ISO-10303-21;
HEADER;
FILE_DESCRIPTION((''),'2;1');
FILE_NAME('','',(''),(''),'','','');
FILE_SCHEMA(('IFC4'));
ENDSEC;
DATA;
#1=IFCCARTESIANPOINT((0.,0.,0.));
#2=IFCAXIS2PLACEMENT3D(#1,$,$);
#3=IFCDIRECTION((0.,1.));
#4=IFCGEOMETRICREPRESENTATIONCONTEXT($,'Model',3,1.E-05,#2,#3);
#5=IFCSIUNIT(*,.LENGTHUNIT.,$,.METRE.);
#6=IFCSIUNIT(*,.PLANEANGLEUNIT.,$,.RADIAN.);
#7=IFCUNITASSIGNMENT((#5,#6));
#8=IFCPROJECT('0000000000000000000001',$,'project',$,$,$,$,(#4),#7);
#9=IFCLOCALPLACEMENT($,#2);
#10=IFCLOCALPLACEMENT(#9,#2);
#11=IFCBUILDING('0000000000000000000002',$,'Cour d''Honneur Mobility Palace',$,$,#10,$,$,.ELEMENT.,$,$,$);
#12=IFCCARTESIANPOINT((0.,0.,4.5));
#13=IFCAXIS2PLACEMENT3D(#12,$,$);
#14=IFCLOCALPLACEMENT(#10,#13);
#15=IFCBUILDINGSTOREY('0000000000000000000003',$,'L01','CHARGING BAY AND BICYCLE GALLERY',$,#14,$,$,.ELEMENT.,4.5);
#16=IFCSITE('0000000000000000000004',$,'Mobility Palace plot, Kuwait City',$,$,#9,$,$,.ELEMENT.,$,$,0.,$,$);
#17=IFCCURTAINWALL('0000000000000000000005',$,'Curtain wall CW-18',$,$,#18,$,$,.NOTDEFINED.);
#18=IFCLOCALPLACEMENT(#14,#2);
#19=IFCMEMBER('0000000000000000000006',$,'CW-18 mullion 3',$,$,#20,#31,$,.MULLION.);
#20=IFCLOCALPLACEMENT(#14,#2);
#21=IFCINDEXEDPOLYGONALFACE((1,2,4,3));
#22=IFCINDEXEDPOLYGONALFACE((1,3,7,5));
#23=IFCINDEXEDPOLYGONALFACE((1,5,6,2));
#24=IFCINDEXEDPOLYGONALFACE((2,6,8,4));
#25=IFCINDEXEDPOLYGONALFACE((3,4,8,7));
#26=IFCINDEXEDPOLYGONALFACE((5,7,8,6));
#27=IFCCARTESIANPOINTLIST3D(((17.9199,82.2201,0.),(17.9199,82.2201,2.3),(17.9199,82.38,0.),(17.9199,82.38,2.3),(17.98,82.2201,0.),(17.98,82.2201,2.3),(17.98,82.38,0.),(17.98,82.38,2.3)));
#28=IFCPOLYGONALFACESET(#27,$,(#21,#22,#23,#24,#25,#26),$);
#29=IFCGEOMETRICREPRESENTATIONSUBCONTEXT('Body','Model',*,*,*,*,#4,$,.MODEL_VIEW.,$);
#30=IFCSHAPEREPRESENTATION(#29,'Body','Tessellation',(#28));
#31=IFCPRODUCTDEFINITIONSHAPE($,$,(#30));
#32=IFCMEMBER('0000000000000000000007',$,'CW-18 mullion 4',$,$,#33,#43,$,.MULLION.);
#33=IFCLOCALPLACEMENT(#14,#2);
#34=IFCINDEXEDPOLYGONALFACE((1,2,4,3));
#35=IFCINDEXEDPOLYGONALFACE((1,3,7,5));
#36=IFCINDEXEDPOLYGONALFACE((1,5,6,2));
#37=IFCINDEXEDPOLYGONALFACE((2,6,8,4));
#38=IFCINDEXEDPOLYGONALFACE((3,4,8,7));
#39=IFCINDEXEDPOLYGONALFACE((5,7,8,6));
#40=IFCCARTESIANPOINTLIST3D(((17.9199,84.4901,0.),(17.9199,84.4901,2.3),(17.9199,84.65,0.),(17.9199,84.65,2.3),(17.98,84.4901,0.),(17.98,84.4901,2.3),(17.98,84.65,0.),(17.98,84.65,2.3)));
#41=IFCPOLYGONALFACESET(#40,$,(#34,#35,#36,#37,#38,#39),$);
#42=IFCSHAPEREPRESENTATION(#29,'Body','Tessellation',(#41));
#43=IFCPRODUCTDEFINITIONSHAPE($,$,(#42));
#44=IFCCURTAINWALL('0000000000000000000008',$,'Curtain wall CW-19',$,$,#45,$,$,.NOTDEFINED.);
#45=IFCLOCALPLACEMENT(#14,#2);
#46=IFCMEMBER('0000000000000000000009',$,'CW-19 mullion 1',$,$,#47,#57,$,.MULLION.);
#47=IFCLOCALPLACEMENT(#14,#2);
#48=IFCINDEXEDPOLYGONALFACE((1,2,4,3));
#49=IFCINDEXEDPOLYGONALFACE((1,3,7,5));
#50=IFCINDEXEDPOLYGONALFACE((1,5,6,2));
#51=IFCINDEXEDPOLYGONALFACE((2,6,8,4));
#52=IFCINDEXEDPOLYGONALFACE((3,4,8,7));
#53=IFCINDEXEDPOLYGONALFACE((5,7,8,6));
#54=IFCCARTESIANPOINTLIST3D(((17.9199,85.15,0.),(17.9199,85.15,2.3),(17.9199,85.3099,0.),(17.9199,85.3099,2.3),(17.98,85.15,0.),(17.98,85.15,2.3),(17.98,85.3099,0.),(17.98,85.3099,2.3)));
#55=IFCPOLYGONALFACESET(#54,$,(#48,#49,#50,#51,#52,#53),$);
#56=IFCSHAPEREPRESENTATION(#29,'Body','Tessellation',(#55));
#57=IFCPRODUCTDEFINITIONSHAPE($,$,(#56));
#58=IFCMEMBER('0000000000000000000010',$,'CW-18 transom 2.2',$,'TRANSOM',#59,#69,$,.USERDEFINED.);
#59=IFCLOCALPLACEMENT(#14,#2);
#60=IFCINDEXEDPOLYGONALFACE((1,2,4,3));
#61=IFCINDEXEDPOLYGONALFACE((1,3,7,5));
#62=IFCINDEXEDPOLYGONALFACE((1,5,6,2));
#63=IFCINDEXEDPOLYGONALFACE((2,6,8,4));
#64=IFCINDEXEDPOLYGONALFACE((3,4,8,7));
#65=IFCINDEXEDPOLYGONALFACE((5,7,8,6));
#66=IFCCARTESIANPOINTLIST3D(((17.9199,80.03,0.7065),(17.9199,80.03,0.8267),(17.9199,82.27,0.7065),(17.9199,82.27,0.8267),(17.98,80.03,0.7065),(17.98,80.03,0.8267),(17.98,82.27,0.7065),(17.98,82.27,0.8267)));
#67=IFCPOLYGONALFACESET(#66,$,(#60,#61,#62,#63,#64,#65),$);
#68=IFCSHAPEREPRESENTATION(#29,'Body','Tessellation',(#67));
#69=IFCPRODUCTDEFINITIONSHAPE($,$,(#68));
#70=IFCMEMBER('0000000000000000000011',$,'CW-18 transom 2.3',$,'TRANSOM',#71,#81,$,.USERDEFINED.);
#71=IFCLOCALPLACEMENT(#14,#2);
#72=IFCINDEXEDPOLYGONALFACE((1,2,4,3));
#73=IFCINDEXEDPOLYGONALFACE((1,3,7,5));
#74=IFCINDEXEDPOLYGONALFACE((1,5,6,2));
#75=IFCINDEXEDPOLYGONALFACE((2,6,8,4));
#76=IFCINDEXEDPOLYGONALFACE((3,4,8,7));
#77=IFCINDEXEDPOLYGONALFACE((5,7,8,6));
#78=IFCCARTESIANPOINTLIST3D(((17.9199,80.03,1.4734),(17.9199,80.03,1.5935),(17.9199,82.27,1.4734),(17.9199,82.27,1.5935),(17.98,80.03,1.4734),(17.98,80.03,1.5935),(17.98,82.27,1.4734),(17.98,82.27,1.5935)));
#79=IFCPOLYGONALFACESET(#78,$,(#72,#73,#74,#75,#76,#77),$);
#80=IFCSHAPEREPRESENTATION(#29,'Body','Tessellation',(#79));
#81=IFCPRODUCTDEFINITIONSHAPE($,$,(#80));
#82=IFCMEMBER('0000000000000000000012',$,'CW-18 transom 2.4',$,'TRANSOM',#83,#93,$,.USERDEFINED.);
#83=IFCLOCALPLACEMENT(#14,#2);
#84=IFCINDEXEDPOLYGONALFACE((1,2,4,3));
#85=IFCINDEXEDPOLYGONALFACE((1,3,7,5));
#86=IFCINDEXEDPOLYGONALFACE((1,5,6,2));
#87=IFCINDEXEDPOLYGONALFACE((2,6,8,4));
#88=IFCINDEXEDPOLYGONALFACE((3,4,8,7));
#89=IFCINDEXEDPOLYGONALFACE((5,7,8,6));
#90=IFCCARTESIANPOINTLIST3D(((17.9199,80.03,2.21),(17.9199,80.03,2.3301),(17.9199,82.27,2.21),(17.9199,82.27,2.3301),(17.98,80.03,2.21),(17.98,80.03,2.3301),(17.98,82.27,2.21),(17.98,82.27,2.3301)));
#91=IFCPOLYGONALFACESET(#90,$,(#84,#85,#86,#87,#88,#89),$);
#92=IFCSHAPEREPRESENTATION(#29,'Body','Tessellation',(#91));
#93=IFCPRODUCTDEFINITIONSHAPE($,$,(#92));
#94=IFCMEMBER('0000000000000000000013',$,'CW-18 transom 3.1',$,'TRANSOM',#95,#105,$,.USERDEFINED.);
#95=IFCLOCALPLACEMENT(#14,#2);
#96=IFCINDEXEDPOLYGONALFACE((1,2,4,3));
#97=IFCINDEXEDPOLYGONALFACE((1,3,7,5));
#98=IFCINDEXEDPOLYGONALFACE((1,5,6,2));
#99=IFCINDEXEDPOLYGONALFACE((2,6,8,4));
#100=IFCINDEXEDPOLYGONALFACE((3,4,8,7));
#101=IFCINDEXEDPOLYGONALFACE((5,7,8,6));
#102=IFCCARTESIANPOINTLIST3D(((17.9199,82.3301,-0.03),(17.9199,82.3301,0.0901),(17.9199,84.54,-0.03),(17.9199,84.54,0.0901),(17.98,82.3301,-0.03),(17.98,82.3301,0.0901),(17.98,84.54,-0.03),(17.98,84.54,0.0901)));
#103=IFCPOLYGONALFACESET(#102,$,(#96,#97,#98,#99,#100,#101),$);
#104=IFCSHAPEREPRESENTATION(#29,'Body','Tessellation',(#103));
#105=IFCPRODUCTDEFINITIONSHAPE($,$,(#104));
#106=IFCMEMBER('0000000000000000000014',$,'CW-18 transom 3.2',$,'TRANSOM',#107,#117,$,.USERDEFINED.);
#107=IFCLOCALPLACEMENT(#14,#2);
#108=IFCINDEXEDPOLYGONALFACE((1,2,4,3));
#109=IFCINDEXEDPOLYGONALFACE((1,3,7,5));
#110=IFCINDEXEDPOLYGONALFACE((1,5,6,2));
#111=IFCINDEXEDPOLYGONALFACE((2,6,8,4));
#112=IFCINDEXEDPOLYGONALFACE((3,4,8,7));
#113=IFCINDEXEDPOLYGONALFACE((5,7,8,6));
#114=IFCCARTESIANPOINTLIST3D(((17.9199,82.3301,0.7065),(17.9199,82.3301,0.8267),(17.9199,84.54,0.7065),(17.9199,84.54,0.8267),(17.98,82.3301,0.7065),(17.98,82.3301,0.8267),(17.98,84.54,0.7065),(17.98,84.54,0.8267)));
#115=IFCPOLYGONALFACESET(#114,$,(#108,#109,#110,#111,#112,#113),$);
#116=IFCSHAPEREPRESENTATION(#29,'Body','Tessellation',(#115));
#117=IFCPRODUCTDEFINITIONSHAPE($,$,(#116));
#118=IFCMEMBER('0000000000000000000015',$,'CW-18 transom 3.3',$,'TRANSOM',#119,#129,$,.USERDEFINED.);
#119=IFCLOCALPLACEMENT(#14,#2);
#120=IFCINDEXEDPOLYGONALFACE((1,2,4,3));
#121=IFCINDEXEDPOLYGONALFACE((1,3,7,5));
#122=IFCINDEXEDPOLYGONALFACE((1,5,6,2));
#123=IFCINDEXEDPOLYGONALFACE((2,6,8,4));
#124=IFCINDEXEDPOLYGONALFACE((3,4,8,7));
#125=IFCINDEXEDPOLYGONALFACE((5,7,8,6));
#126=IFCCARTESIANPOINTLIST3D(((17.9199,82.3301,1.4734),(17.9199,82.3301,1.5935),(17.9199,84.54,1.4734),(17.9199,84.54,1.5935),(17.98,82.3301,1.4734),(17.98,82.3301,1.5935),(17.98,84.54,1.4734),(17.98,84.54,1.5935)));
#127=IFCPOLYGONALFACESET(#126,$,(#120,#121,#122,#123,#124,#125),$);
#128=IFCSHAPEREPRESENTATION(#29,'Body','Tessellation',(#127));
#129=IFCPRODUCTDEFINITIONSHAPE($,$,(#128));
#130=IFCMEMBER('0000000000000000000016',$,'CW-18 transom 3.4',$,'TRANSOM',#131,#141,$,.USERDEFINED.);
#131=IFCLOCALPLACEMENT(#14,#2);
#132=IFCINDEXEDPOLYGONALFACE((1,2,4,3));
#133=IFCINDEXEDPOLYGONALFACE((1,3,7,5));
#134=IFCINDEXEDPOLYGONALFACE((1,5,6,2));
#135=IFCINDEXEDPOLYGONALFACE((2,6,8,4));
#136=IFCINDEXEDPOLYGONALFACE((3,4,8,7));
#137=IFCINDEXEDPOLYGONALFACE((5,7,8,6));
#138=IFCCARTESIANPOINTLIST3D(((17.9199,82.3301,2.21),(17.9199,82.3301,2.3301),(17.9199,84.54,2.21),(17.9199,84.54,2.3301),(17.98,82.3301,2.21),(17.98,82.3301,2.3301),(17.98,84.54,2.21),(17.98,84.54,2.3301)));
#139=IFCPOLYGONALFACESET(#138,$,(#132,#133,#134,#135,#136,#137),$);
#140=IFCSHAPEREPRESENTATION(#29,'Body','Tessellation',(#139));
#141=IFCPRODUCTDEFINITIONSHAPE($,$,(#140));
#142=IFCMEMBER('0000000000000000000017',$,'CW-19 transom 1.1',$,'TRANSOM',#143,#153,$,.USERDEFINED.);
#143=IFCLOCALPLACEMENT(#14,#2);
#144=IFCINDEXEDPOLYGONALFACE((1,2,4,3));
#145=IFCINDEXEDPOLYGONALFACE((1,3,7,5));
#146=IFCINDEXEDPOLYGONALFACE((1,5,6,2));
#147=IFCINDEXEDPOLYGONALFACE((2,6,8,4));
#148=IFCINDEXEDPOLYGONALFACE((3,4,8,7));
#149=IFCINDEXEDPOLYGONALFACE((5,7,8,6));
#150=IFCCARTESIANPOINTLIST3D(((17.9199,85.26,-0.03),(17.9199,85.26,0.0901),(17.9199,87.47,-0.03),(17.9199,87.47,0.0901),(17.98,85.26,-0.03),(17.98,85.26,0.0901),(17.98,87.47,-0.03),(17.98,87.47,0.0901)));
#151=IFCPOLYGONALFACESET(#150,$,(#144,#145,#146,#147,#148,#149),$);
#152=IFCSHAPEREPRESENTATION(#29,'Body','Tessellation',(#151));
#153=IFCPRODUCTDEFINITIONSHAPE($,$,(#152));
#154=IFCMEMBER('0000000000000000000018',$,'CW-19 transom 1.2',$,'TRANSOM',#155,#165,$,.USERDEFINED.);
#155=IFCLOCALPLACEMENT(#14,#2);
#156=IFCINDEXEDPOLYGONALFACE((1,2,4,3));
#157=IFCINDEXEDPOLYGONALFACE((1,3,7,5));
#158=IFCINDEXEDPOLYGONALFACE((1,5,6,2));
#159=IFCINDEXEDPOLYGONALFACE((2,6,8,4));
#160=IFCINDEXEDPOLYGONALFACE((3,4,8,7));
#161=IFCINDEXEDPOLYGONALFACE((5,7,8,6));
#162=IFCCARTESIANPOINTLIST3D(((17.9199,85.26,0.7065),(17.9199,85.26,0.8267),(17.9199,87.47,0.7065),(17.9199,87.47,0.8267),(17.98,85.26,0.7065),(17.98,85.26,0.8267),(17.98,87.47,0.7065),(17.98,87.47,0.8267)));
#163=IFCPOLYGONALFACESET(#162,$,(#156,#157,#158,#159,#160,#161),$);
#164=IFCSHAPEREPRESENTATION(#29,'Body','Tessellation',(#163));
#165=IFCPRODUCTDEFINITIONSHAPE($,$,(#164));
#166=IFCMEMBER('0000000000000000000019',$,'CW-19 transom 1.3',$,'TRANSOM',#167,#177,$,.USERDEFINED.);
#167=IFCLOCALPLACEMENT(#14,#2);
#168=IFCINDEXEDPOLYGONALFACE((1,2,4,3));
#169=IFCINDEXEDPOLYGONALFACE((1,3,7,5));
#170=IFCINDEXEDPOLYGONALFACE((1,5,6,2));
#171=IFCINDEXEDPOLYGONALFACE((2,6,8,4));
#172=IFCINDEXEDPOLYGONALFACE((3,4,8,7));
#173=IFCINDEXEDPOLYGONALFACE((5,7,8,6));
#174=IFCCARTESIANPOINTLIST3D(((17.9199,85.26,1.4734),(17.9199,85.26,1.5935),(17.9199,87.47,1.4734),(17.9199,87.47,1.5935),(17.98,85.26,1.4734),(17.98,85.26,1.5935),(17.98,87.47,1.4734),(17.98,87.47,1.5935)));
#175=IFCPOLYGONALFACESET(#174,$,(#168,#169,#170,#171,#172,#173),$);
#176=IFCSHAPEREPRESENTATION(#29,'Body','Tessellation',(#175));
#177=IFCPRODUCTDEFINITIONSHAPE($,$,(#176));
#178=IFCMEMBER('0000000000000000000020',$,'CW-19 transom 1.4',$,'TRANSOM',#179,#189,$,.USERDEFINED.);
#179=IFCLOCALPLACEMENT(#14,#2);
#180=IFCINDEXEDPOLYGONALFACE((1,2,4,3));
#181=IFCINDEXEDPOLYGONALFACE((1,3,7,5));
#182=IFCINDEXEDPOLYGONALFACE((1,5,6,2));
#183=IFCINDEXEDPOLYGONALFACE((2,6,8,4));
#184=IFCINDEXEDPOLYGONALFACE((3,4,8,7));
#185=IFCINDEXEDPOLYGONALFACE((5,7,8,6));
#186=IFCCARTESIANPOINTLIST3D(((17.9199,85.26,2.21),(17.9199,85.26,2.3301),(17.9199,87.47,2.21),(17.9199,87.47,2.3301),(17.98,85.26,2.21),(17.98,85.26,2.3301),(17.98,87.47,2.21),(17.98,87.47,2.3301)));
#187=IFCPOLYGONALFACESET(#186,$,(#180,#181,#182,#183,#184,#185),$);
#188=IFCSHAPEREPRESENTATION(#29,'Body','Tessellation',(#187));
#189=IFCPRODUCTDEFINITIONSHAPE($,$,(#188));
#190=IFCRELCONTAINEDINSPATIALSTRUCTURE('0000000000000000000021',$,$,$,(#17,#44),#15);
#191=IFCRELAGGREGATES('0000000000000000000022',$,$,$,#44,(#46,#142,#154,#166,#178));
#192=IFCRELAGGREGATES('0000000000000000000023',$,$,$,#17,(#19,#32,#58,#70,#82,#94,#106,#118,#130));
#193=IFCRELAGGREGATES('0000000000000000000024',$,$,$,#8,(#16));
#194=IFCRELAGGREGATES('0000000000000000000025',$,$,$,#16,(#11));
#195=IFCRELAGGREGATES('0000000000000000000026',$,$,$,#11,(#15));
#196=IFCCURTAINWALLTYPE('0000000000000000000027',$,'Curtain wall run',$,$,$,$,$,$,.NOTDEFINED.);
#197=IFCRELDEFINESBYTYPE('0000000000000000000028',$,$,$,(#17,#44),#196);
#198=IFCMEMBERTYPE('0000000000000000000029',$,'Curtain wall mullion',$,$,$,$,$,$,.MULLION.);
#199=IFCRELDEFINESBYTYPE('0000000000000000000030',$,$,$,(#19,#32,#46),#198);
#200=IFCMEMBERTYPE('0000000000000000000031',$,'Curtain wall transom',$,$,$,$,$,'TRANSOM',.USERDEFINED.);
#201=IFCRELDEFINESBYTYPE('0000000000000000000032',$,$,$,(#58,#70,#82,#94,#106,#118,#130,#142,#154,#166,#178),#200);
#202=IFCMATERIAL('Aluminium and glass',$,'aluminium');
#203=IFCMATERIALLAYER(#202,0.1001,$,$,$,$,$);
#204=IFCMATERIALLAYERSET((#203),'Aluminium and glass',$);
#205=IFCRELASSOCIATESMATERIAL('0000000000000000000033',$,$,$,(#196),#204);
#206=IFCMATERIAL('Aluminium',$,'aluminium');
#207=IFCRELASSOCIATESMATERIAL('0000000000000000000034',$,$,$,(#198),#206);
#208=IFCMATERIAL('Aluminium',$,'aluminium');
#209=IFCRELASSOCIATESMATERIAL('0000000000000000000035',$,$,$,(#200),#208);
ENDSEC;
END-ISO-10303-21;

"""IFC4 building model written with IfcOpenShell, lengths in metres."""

from ifc_helpers import new_model, si_unit, direction, frame, origin, origin_2d, place, context, subcontext, project, spatial, rectangle, extrude, material, layer, layer_set, material_profile, profile_set, type_object, element, aggregate, save


model = new_model("IFC4")

# Units and contexts
model_context = context("Model", 3, precision=1e-05, world=origin(), true_north=direction((0.0, 1.0)))
body_context = subcontext(model_context, "Body", "Model", "MODEL_VIEW")
ifc_project = project(units=[si_unit("LENGTHUNIT", "METRE"), si_unit("PLANEANGLEUNIT", "RADIAN")], contexts=[model_context])

# Site, building, storey
site_placement = place(None, origin())
site = spatial("IfcSite", under=ifc_project, at=site_placement, Name="Mobility Palace plot, Kuwait City", CompositionType="ELEMENT", RefElevation=0.0)
building_placement = place(site_placement, origin())
building = spatial("IfcBuilding", under=site, at=building_placement, Name="Cour d'Honneur Mobility Palace", CompositionType="ELEMENT")
storey_placement = place(building_placement, frame((0.0, 0.0, 4.5)))
storey = spatial("IfcBuildingStorey", under=building, at=storey_placement, Name="L01", Description="CHARGING BAY AND BICYCLE GALLERY", CompositionType="ELEMENT", Elevation=4.5)

# Curtain wall, members
ifc_material_1 = material(Name="Aluminium and glass", Category="aluminium")
ifc_layer_1 = layer(ifc_material_1, 0.1001)
ifc_layer_set_1 = layer_set([ifc_layer_1], Name="Aluminium and glass")
curtain_wall_type = type_object("IfcCurtainWallType", Name="Curtain wall run", PredefinedType="NOTDEFINED", material=ifc_layer_set_1)
curtain_wall_1_placement = place(storey_placement, origin())
curtain_wall_1 = element("IfcCurtainWall", 1, at=curtain_wall_1_placement, inside=storey, type_object=curtain_wall_type, Name="Curtain wall CW-18", PredefinedType="NOTDEFINED")
ifc_material_2 = material(Name="Aluminium", Category="aluminium")
ifc_material_profile_1 = material_profile(ifc_material_2, rectangle(XDim=0.0601, YDim=0.1599, at=origin_2d()), Name="Curtain wall mullion")
ifc_profile_set_1 = profile_set([ifc_material_profile_1], Name="Aluminium")
member_type_1 = type_object("IfcMemberType", Name="Curtain wall mullion", PredefinedType="MULLION", material=ifc_profile_set_1)
member_1_placement = place(storey_placement, frame((17.95, 82.3, 0.0), z_axis=(0.0, 0.0, 1.0), x_axis=(-1.0, 0.0, 0.0)))
member_1 = element("IfcMember", 2, at=member_1_placement, type_object=member_type_1, Name="CW-18 mullion 3", PredefinedType="MULLION", context=body_context, shape_type="SweptSolid", body=[
    extrude(rectangle(XDim=0.0601, YDim=0.1599, at=origin_2d()), origin(), (0.0, 0.0, 1.0), 2.3),
])
member_2_placement = place(storey_placement, frame((17.95, 84.5701, 0.0), z_axis=(0.0, 0.0, 1.0), x_axis=(-1.0, 0.0, 0.0)))
member_2 = element("IfcMember", 3, at=member_2_placement, type_object=member_type_1, Name="CW-18 mullion 4", PredefinedType="MULLION", context=body_context, shape_type="SweptSolid", body=[
    extrude(rectangle(XDim=0.0601, YDim=0.1599, at=origin_2d()), origin(), (0.0, 0.0, 1.0), 2.3),
])

# Curtain wall, member
curtain_wall_2_placement = place(storey_placement, origin())
curtain_wall_2 = element("IfcCurtainWall", 4, at=curtain_wall_2_placement, inside=storey, type_object=curtain_wall_type, Name="Curtain wall CW-19", PredefinedType="NOTDEFINED")
member_3_placement = place(storey_placement, frame((17.95, 85.23, 0.0), z_axis=(0.0, 0.0, 1.0), x_axis=(-1.0, 0.0, 0.0)))
member_3 = element("IfcMember", 5, at=member_3_placement, type_object=member_type_1, Name="CW-19 mullion 1", PredefinedType="MULLION", context=body_context, shape_type="SweptSolid", body=[
    extrude(rectangle(XDim=0.0601, YDim=0.1599, at=origin_2d()), origin(), (0.0, 0.0, 1.0), 2.3),
])

# Members
ifc_material_3 = material(Name="Aluminium", Category="aluminium")
ifc_material_profile_2 = material_profile(ifc_material_3, rectangle(XDim=0.0601, YDim=0.1201, at=origin_2d()), Name="Curtain wall transom")
ifc_profile_set_2 = profile_set([ifc_material_profile_2], Name="Aluminium")
member_type_2 = type_object("IfcMemberType", Name="Curtain wall transom", ElementType="TRANSOM", PredefinedType="USERDEFINED", material=ifc_profile_set_2)
member_4_placement = place(storey_placement, frame((17.95, 80.03, 0.7666), z_axis=(0.0, 1.0, 0.0), x_axis=(-1.0, 0.0, 0.0)))
member_4 = element("IfcMember", 6, at=member_4_placement, type_object=member_type_2, Name="CW-18 transom 2.2", ObjectType="TRANSOM", PredefinedType="USERDEFINED", context=body_context, shape_type="SweptSolid", body=[
    extrude(rectangle(XDim=0.0601, YDim=0.1201, at=origin_2d()), origin(), (0.0, 0.0, 1.0), 2.24),
])
member_5_placement = place(storey_placement, frame((17.95, 80.03, 1.5334), z_axis=(0.0, 1.0, 0.0), x_axis=(-1.0, 0.0, 0.0)))
member_5 = element("IfcMember", 7, at=member_5_placement, type_object=member_type_2, Name="CW-18 transom 2.3", ObjectType="TRANSOM", PredefinedType="USERDEFINED", context=body_context, shape_type="SweptSolid", body=[
    extrude(rectangle(XDim=0.0601, YDim=0.1201, at=origin_2d()), origin(), (0.0, 0.0, 1.0), 2.24),
])
member_6_placement = place(storey_placement, frame((17.95, 80.03, 2.27), z_axis=(0.0, 1.0, 0.0), x_axis=(-1.0, 0.0, 0.0)))
member_6 = element("IfcMember", 8, at=member_6_placement, type_object=member_type_2, Name="CW-18 transom 2.4", ObjectType="TRANSOM", PredefinedType="USERDEFINED", context=body_context, shape_type="SweptSolid", body=[
    extrude(rectangle(XDim=0.0601, YDim=0.1201, at=origin_2d()), origin(), (0.0, 0.0, 1.0), 2.24),
])
member_7_placement = place(storey_placement, frame((17.95, 82.3301, 0.03), z_axis=(0.0, 1.0, 0.0), x_axis=(-1.0, 0.0, 0.0)))
member_7 = element("IfcMember", 9, at=member_7_placement, type_object=member_type_2, Name="CW-18 transom 3.1", ObjectType="TRANSOM", PredefinedType="USERDEFINED", context=body_context, shape_type="SweptSolid", body=[
    extrude(rectangle(XDim=0.0601, YDim=0.1201, at=origin_2d()), origin(), (0.0, 0.0, 1.0), 2.21),
])
member_8_placement = place(storey_placement, frame((17.95, 82.3301, 0.7666), z_axis=(0.0, 1.0, 0.0), x_axis=(-1.0, 0.0, 0.0)))
member_8 = element("IfcMember", 10, at=member_8_placement, type_object=member_type_2, Name="CW-18 transom 3.2", ObjectType="TRANSOM", PredefinedType="USERDEFINED", context=body_context, shape_type="SweptSolid", body=[
    extrude(rectangle(XDim=0.0601, YDim=0.1201, at=origin_2d()), origin(), (0.0, 0.0, 1.0), 2.21),
])
member_9_placement = place(storey_placement, frame((17.95, 82.3301, 1.5334), z_axis=(0.0, 1.0, 0.0), x_axis=(-1.0, 0.0, 0.0)))
member_9 = element("IfcMember", 11, at=member_9_placement, type_object=member_type_2, Name="CW-18 transom 3.3", ObjectType="TRANSOM", PredefinedType="USERDEFINED", context=body_context, shape_type="SweptSolid", body=[
    extrude(rectangle(XDim=0.0601, YDim=0.1201, at=origin_2d()), origin(), (0.0, 0.0, 1.0), 2.21),
])
member_10_placement = place(storey_placement, frame((17.95, 82.3301, 2.27), z_axis=(0.0, 1.0, 0.0), x_axis=(-1.0, 0.0, 0.0)))
member_10 = element("IfcMember", 12, at=member_10_placement, type_object=member_type_2, Name="CW-18 transom 3.4", ObjectType="TRANSOM", PredefinedType="USERDEFINED", context=body_context, shape_type="SweptSolid", body=[
    extrude(rectangle(XDim=0.0601, YDim=0.1201, at=origin_2d()), origin(), (0.0, 0.0, 1.0), 2.21),
])
member_11_placement = place(storey_placement, frame((17.95, 85.26, 0.03), z_axis=(0.0, 1.0, 0.0), x_axis=(-1.0, 0.0, 0.0)))
member_11 = element("IfcMember", 13, at=member_11_placement, type_object=member_type_2, Name="CW-19 transom 1.1", ObjectType="TRANSOM", PredefinedType="USERDEFINED", context=body_context, shape_type="SweptSolid", body=[
    extrude(rectangle(XDim=0.0601, YDim=0.1201, at=origin_2d()), origin(), (0.0, 0.0, 1.0), 2.21),
])
member_12_placement = place(storey_placement, frame((17.95, 85.26, 0.7666), z_axis=(0.0, 1.0, 0.0), x_axis=(-1.0, 0.0, 0.0)))
member_12 = element("IfcMember", 14, at=member_12_placement, type_object=member_type_2, Name="CW-19 transom 1.2", ObjectType="TRANSOM", PredefinedType="USERDEFINED", context=body_context, shape_type="SweptSolid", body=[
    extrude(rectangle(XDim=0.0601, YDim=0.1201, at=origin_2d()), origin(), (0.0, 0.0, 1.0), 2.21),
])
member_13_placement = place(storey_placement, frame((17.95, 85.26, 1.5334), z_axis=(0.0, 1.0, 0.0), x_axis=(-1.0, 0.0, 0.0)))
member_13 = element("IfcMember", 15, at=member_13_placement, type_object=member_type_2, Name="CW-19 transom 1.3", ObjectType="TRANSOM", PredefinedType="USERDEFINED", context=body_context, shape_type="SweptSolid", body=[
    extrude(rectangle(XDim=0.0601, YDim=0.1201, at=origin_2d()), origin(), (0.0, 0.0, 1.0), 2.21),
])
member_14_placement = place(storey_placement, frame((17.95, 85.26, 2.27), z_axis=(0.0, 1.0, 0.0), x_axis=(-1.0, 0.0, 0.0)))
member_14 = element("IfcMember", 16, at=member_14_placement, type_object=member_type_2, Name="CW-19 transom 1.4", ObjectType="TRANSOM", PredefinedType="USERDEFINED", context=body_context, shape_type="SweptSolid", body=[
    extrude(rectangle(XDim=0.0601, YDim=0.1201, at=origin_2d()), origin(), (0.0, 0.0, 1.0), 2.21),
])
aggregate(curtain_wall_2, [member_3, member_11, member_12, member_13, member_14])

aggregate(curtain_wall_1, [member_1, member_2, member_4, member_5, member_6, member_7, member_8, member_9, member_10])

save(model, "model.ifc")
